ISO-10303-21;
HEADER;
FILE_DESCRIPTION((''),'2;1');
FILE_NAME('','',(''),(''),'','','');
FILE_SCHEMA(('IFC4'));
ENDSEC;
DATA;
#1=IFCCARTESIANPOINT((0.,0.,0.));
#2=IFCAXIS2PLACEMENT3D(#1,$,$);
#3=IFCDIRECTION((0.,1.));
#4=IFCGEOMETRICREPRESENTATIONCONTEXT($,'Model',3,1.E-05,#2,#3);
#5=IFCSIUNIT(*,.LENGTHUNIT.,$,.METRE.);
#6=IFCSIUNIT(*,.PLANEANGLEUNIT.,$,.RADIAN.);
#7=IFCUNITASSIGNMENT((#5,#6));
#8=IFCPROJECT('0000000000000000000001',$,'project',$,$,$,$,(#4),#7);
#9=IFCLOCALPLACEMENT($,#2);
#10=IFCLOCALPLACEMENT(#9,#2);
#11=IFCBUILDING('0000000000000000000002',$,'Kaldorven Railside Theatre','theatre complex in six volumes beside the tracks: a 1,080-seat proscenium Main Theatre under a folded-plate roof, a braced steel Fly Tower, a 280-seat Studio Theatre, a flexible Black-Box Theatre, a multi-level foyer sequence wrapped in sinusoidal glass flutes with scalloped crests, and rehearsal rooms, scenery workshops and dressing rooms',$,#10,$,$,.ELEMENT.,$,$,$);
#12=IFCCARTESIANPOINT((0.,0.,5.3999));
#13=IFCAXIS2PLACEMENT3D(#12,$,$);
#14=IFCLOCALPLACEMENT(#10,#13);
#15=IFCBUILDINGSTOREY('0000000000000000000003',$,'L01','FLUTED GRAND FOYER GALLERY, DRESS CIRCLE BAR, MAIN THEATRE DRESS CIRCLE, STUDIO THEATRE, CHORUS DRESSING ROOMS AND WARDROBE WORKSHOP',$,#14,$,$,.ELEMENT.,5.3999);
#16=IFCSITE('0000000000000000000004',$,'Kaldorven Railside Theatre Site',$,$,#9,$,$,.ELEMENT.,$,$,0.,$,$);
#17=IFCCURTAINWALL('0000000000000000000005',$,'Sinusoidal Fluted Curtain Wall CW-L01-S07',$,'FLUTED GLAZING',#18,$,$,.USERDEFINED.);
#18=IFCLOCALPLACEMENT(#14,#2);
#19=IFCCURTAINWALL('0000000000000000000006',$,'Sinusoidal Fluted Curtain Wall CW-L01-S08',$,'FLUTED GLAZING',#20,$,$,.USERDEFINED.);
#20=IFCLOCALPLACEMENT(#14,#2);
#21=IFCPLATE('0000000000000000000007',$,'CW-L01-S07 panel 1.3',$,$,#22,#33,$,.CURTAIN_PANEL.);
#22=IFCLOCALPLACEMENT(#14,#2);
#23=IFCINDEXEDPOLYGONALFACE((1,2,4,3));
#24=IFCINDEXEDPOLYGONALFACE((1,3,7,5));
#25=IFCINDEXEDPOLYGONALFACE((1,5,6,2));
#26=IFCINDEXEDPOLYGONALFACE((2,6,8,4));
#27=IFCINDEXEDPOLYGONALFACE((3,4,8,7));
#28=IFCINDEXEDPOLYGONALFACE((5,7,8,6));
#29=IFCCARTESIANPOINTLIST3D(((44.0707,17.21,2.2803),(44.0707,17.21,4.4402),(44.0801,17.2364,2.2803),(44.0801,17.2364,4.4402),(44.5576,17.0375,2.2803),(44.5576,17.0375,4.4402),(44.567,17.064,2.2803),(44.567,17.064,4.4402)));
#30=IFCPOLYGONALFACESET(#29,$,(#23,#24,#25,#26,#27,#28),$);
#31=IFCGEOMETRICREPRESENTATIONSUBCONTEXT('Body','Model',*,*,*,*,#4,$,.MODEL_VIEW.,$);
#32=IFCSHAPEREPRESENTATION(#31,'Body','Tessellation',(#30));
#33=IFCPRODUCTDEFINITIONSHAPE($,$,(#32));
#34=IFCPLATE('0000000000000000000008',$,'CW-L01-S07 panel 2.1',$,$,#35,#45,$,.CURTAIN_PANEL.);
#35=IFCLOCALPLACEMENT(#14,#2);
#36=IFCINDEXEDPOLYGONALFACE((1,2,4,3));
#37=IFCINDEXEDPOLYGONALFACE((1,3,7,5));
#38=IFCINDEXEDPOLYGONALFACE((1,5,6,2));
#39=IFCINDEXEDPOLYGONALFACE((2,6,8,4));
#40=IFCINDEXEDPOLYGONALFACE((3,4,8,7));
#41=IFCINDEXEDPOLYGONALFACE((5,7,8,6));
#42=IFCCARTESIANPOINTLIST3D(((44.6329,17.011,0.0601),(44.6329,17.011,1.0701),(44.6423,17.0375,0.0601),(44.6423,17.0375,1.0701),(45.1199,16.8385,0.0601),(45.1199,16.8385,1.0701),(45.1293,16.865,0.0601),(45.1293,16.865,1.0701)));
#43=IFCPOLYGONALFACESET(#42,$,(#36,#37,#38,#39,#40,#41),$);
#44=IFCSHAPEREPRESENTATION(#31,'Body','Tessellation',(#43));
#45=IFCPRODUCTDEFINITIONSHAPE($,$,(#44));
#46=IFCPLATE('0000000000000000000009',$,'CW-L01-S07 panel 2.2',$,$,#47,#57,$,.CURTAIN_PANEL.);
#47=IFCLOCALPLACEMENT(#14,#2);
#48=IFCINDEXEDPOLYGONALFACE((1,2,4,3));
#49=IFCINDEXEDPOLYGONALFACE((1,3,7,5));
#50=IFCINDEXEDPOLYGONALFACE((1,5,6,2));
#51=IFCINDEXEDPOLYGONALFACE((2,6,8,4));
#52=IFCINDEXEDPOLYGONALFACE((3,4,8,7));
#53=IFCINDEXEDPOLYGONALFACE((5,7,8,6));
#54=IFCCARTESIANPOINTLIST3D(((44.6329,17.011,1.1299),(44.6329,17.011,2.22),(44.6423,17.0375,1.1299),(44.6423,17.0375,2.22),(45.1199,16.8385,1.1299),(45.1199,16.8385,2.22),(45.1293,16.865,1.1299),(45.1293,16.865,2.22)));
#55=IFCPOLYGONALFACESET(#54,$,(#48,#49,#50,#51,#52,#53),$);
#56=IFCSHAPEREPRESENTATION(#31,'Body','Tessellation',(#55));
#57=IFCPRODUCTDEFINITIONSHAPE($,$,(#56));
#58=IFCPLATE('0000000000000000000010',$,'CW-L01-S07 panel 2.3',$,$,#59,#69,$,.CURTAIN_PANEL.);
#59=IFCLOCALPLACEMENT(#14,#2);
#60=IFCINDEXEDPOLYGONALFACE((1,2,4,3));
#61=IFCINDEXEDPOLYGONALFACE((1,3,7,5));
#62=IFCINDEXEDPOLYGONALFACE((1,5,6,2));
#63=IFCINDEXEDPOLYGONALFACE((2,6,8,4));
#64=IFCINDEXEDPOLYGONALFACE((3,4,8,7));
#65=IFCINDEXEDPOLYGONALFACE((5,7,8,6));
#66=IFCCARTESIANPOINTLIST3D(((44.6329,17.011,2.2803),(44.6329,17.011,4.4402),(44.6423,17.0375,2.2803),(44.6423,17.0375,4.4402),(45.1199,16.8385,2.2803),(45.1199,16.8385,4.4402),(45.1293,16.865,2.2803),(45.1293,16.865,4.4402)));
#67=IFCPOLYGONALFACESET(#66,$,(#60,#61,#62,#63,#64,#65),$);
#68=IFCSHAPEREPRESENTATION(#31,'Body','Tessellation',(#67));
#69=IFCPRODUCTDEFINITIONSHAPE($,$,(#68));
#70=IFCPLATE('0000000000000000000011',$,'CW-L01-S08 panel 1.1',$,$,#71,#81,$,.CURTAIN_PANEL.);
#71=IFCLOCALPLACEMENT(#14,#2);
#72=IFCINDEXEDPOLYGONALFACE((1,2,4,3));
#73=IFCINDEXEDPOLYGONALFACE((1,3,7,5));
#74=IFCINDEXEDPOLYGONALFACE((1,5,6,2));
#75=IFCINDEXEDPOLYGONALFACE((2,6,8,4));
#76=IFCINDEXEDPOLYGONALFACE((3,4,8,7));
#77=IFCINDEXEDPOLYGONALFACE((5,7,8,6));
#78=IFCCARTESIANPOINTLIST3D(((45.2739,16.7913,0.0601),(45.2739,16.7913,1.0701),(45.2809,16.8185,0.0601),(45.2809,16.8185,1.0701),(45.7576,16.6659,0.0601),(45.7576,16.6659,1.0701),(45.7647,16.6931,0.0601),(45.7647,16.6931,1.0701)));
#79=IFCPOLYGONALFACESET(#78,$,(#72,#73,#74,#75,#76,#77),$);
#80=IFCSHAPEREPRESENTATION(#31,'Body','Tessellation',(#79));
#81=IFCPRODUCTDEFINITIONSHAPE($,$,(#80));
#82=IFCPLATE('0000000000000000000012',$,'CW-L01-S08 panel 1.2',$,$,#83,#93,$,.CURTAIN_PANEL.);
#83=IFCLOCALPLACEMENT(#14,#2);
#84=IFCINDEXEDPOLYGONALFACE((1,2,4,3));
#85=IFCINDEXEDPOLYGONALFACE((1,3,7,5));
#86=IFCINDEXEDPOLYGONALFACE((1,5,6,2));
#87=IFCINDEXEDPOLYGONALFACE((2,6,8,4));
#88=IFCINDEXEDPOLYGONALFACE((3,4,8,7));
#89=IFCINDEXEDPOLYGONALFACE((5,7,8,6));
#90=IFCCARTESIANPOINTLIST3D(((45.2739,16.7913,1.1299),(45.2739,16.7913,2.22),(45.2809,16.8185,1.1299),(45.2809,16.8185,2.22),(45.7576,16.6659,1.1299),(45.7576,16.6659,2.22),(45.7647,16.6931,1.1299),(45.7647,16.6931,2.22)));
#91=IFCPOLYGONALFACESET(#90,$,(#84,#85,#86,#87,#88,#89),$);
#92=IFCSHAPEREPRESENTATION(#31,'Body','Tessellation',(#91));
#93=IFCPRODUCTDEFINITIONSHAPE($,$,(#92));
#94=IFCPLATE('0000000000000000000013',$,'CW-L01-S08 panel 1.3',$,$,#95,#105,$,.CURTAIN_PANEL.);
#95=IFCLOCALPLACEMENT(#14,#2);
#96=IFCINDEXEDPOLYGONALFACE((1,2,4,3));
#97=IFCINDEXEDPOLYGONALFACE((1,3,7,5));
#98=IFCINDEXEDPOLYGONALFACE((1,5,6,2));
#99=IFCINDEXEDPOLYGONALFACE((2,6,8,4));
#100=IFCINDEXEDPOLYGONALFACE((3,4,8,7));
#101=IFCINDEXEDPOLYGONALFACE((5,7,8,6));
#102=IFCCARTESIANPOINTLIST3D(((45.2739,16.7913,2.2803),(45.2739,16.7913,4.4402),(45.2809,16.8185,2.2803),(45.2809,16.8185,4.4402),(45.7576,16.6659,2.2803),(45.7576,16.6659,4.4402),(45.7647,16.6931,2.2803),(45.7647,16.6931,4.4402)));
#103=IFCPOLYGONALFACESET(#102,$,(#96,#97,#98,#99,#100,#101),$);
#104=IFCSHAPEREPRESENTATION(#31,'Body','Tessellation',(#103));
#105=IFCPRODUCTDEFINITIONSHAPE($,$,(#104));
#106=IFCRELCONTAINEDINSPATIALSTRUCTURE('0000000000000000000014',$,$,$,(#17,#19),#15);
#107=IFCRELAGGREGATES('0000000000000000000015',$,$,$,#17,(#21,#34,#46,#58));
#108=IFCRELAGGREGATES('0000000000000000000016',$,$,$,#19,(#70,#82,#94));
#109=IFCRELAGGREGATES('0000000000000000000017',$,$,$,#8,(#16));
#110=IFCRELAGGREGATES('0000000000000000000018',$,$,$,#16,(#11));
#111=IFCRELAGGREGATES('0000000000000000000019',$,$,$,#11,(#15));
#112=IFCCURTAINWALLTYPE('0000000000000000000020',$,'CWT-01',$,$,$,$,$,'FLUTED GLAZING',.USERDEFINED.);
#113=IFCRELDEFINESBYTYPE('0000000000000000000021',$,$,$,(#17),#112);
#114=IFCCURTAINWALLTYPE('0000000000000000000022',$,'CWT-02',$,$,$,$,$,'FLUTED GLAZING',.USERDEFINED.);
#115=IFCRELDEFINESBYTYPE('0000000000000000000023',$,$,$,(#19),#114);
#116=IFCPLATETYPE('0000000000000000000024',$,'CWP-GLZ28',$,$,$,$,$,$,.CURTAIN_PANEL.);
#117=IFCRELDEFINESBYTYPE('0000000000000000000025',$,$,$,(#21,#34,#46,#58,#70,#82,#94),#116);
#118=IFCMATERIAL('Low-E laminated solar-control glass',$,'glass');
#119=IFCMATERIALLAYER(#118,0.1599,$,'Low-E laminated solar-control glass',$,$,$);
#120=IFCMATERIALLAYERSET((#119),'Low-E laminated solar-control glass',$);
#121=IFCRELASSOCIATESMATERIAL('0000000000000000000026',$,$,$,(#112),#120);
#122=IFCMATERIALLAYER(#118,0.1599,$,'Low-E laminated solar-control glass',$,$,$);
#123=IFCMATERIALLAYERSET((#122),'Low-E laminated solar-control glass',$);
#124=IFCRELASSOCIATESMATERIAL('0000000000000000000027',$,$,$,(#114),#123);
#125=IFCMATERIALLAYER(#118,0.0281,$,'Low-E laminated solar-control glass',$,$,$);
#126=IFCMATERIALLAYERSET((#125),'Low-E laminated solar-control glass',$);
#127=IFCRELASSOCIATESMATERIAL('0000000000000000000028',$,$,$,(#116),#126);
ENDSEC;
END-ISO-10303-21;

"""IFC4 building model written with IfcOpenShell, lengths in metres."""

from ifc_helpers import new_model, si_unit, direction, frame, origin, origin_2d, place, context, subcontext, project, spatial, rectangle, extrude, material, layer, layer_set, type_object, element, aggregate, save


model = new_model("IFC4")

# Units and contexts
model_context = context("Model", 3, precision=1e-05, world=origin(), true_north=direction((0.0, 1.0)))
body_context = subcontext(model_context, "Body", "Model", "MODEL_VIEW")
ifc_project = project(units=[si_unit("LENGTHUNIT", "METRE"), si_unit("PLANEANGLEUNIT", "RADIAN")], contexts=[model_context])

# Site, building, storey
site_placement = place(None, origin())
site = spatial("IfcSite", under=ifc_project, at=site_placement, Name="Kaldorven Railside Theatre Site", CompositionType="ELEMENT", RefElevation=0.0)
building_placement = place(site_placement, origin())
building = spatial("IfcBuilding", under=site, at=building_placement, Name="Kaldorven Railside Theatre", Description="theatre complex in six volumes beside the tracks: a 1,080-seat proscenium Main Theatre under a folded-plate roof, a braced steel Fly Tower, a 280-seat Studio Theatre, a flexible Black-Box Theatre, a multi-level foyer sequence wrapped in sinusoidal glass flutes with scalloped crests, and rehearsal rooms, scenery workshops and dressing rooms", CompositionType="ELEMENT")
storey_placement = place(building_placement, frame((0.0, 0.0, 5.3999)))
storey = spatial("IfcBuildingStorey", under=building, at=storey_placement, Name="L01", Description="FLUTED GRAND FOYER GALLERY, DRESS CIRCLE BAR, MAIN THEATRE DRESS CIRCLE, STUDIO THEATRE, CHORUS DRESSING ROOMS AND WARDROBE WORKSHOP", CompositionType="ELEMENT", Elevation=5.3999)

# Curtain wall
ifc_material_1 = material(Name="Low-E laminated solar-control glass", Category="glass")
ifc_layer_1 = layer(ifc_material_1, 0.1599, Name="Low-E laminated solar-control glass")
ifc_layer_set_1 = layer_set([ifc_layer_1], Name="Low-E laminated solar-control glass")
curtain_wall_type_1 = type_object("IfcCurtainWallType", Name="CWT-01", ElementType="FLUTED GLAZING", PredefinedType="USERDEFINED", material=ifc_layer_set_1)
curtain_wall_1_placement = place(storey_placement, origin())
curtain_wall_1 = element("IfcCurtainWall", 1, at=curtain_wall_1_placement, inside=storey, type_object=curtain_wall_type_1, Name="Sinusoidal Fluted Curtain Wall CW-L01-S07", ObjectType="FLUTED GLAZING", PredefinedType="USERDEFINED")

# Curtain wall
ifc_layer_2 = layer(ifc_material_1, 0.1599, Name="Low-E laminated solar-control glass")
ifc_layer_set_2 = layer_set([ifc_layer_2], Name="Low-E laminated solar-control glass")
curtain_wall_type_2 = type_object("IfcCurtainWallType", Name="CWT-02", ElementType="FLUTED GLAZING", PredefinedType="USERDEFINED", material=ifc_layer_set_2)
curtain_wall_2_placement = place(storey_placement, origin())
curtain_wall_2 = element("IfcCurtainWall", 2, at=curtain_wall_2_placement, inside=storey, type_object=curtain_wall_type_2, Name="Sinusoidal Fluted Curtain Wall CW-L01-S08", ObjectType="FLUTED GLAZING", PredefinedType="USERDEFINED")

# Plates
ifc_layer_3 = layer(ifc_material_1, 0.0281, Name="Low-E laminated solar-control glass")
ifc_layer_set_3 = layer_set([ifc_layer_3], Name="Low-E laminated solar-control glass")
plate_type = type_object("IfcPlateType", Name="CWP-GLZ28", PredefinedType="CURTAIN_PANEL", material=ifc_layer_set_3)
plate_1_placement = place(storey_placement, frame((44.3188, 17.137, 2.2803), z_axis=(0.0, 0.0, 1.0), x_axis=(0.942627, -0.333847, 0.0)))
plate_1 = element("IfcPlate", 3, at=plate_1_placement, type_object=plate_type, Name="CW-L01-S07 panel 1.3", PredefinedType="CURTAIN_PANEL", context=body_context, shape_type="SweptSolid", body=[
    extrude(rectangle(XDim=0.5166, YDim=0.0281, at=origin_2d()), origin(), (0.0, 0.0, 1.0), 2.1599),
])
plate_2_placement = place(storey_placement, frame((44.8811, 16.938, 0.0601), z_axis=(0.0, 0.0, 1.0), x_axis=(0.942627, -0.333847, 0.0)))
plate_2 = element("IfcPlate", 4, at=plate_2_placement, type_object=plate_type, Name="CW-L01-S07 panel 2.1", PredefinedType="CURTAIN_PANEL", context=body_context, shape_type="SweptSolid", body=[
    extrude(rectangle(XDim=0.5166, YDim=0.0281, at=origin_2d()), origin(), (0.0, 0.0, 1.0), 1.01),
])
plate_3_placement = place(storey_placement, frame((44.8811, 16.938, 1.1299), z_axis=(0.0, 0.0, 1.0), x_axis=(0.942627, -0.333847, 0.0)))
plate_3 = element("IfcPlate", 5, at=plate_3_placement, type_object=plate_type, Name="CW-L01-S07 panel 2.2", PredefinedType="CURTAIN_PANEL", context=body_context, shape_type="SweptSolid", body=[
    extrude(rectangle(XDim=0.5166, YDim=0.0281, at=origin_2d()), origin(), (0.0, 0.0, 1.0), 1.0901),
])
plate_4_placement = place(storey_placement, frame((44.8811, 16.938, 2.2803), z_axis=(0.0, 0.0, 1.0), x_axis=(0.942627, -0.333847, 0.0)))
plate_4 = element("IfcPlate", 6, at=plate_4_placement, type_object=plate_type, Name="CW-L01-S07 panel 2.3", PredefinedType="CURTAIN_PANEL", context=body_context, shape_type="SweptSolid", body=[
    extrude(rectangle(XDim=0.5166, YDim=0.0281, at=origin_2d()), origin(), (0.0, 0.0, 1.0), 2.1599),
])
aggregate(curtain_wall_1, [plate_1, plate_2, plate_3, plate_4])
plate_5_placement = place(storey_placement, frame((45.5193, 16.7422, 0.0601), z_axis=(0.0, 0.0, 1.0), x_axis=(0.967999, -0.250954, 0.0)))
plate_5 = element("IfcPlate", 7, at=plate_5_placement, type_object=plate_type, Name="CW-L01-S08 panel 1.1", PredefinedType="CURTAIN_PANEL", context=body_context, shape_type="SweptSolid", body=[
    extrude(rectangle(XDim=0.4998, YDim=0.0281, at=origin_2d()), origin(), (0.0, 0.0, 1.0), 1.01),
])
plate_6_placement = place(storey_placement, frame((45.5193, 16.7422, 1.1299), z_axis=(0.0, 0.0, 1.0), x_axis=(0.967999, -0.250954, 0.0)))
plate_6 = element("IfcPlate", 8, at=plate_6_placement, type_object=plate_type, Name="CW-L01-S08 panel 1.2", PredefinedType="CURTAIN_PANEL", context=body_context, shape_type="SweptSolid", body=[
    extrude(rectangle(XDim=0.4998, YDim=0.0281, at=origin_2d()), origin(), (0.0, 0.0, 1.0), 1.0901),
])
plate_7_placement = place(storey_placement, frame((45.5193, 16.7422, 2.2803), z_axis=(0.0, 0.0, 1.0), x_axis=(0.967999, -0.250954, 0.0)))
plate_7 = element("IfcPlate", 9, at=plate_7_placement, type_object=plate_type, Name="CW-L01-S08 panel 1.3", PredefinedType="CURTAIN_PANEL", context=body_context, shape_type="SweptSolid", body=[
    extrude(rectangle(XDim=0.4998, YDim=0.0281, at=origin_2d()), origin(), (0.0, 0.0, 1.0), 2.1599),
])
aggregate(curtain_wall_2, [plate_5, plate_6, plate_7])

save(model, "model.ifc")
